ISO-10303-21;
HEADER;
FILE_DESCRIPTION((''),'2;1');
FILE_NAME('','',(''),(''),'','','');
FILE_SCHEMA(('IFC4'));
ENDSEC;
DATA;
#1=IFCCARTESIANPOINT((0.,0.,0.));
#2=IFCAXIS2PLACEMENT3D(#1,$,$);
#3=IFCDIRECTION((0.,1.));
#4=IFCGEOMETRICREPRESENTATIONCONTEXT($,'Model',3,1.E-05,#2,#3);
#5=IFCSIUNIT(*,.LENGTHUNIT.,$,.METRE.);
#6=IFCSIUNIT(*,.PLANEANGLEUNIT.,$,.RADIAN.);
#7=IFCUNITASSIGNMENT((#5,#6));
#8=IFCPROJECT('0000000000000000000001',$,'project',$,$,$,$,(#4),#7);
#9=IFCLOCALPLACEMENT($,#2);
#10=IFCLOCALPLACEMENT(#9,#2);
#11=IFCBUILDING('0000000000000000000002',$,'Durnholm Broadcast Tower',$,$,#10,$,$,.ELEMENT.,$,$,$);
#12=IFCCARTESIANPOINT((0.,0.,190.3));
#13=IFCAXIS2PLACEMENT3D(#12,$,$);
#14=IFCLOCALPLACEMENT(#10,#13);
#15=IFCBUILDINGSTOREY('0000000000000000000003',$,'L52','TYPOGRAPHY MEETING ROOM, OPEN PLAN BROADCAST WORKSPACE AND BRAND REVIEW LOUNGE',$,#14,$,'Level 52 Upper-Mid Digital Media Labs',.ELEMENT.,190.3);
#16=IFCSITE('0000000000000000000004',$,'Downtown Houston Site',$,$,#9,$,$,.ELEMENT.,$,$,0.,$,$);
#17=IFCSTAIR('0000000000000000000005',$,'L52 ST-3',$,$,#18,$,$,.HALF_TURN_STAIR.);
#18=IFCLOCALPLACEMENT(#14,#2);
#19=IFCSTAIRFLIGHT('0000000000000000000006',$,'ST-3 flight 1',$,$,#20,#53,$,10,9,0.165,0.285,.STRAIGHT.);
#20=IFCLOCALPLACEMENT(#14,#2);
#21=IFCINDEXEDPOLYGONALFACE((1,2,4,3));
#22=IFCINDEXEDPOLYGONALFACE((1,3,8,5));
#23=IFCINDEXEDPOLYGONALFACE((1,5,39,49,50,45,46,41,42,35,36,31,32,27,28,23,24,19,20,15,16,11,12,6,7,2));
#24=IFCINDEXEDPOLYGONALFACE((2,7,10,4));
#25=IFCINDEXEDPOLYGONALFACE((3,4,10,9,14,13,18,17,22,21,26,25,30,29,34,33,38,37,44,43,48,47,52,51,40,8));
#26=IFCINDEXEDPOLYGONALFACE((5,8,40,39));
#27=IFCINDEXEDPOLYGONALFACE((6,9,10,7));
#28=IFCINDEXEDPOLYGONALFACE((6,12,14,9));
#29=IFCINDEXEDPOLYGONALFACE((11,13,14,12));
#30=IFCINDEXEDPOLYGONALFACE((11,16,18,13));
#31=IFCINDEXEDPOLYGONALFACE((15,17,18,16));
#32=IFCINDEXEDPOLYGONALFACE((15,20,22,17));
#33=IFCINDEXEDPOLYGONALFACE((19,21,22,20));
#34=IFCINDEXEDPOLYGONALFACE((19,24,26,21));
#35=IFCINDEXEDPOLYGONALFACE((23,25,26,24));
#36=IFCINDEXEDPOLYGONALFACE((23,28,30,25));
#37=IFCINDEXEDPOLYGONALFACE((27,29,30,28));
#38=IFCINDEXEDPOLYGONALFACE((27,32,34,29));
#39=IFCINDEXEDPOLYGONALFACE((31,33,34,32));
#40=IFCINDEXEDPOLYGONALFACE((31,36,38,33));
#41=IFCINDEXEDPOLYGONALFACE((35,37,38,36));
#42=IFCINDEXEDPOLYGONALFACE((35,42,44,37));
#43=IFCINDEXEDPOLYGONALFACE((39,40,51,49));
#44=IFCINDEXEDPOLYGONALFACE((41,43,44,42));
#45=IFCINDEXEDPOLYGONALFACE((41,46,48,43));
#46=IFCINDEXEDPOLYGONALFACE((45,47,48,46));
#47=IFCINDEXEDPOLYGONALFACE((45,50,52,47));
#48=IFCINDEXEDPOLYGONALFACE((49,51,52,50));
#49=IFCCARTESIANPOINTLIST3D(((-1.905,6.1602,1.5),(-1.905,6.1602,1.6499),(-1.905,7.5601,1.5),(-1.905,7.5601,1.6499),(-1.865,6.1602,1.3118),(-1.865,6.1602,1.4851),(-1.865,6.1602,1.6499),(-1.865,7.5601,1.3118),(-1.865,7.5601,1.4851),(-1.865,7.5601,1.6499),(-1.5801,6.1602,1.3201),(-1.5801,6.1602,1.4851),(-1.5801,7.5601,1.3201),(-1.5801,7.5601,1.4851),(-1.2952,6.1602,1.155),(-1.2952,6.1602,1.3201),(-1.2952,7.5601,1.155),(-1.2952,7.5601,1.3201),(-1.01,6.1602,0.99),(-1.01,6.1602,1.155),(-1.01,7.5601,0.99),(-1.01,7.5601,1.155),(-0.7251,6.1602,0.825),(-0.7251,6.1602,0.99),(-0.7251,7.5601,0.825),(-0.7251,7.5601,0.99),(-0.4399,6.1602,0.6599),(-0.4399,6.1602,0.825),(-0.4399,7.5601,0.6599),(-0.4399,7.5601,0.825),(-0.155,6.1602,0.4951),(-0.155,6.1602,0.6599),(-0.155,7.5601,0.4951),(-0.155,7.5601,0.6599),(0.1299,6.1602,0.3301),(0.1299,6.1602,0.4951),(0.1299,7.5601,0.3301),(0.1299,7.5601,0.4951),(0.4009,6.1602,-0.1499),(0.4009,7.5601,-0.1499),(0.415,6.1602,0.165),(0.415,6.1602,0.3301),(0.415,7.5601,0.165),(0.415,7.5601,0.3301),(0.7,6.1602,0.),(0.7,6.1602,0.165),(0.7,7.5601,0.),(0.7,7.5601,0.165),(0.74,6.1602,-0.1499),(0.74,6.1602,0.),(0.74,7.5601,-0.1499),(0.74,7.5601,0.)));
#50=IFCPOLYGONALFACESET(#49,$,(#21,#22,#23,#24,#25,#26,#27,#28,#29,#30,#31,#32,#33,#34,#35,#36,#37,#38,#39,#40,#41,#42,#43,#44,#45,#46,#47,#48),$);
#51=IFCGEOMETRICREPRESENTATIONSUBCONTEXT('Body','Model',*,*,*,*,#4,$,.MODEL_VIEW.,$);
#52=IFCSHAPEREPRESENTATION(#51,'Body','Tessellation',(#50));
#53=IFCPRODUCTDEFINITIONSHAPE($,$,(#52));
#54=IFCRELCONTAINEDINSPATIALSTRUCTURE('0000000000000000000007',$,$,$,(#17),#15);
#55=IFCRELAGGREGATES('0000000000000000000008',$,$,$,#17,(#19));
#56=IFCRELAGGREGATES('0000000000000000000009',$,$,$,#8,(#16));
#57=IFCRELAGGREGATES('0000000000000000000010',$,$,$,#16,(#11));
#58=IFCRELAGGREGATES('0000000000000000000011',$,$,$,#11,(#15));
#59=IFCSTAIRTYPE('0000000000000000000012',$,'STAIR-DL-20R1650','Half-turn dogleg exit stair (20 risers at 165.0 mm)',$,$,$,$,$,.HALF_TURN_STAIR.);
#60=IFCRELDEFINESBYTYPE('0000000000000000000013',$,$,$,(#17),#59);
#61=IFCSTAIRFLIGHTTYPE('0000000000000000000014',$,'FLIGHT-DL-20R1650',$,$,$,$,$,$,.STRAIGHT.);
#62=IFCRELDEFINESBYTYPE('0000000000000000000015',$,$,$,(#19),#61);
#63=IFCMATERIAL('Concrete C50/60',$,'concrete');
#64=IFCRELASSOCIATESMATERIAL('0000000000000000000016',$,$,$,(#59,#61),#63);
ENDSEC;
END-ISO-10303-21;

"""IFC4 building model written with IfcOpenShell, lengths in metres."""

from ifc_helpers import new_model, si_unit, direction, frame, origin, place, context, subcontext, project, spatial, polyline, outline, extrude, material, type_object, element, aggregate, save


model = new_model("IFC4")

# Units and contexts
model_context = context("Model", 3, precision=1e-05, world=origin(), true_north=direction((0.0, 1.0)))
body_context = subcontext(model_context, "Body", "Model", "MODEL_VIEW")
ifc_project = project(units=[si_unit("LENGTHUNIT", "METRE"), si_unit("PLANEANGLEUNIT", "RADIAN")], contexts=[model_context])

# Site, building, storey
site_placement = place(None, origin())
site = spatial("IfcSite", under=ifc_project, at=site_placement, Name="Downtown Houston Site", CompositionType="ELEMENT", RefElevation=0.0)
building_placement = place(site_placement, origin())
building = spatial("IfcBuilding", under=site, at=building_placement, Name="Durnholm Broadcast Tower", CompositionType="ELEMENT")
storey_placement = place(building_placement, frame((0.0, 0.0, 190.3)))
storey = spatial("IfcBuildingStorey", under=building, at=storey_placement, Name="L52", Description="TYPOGRAPHY MEETING ROOM, OPEN PLAN BROADCAST WORKSPACE AND BRAND REVIEW LOUNGE", LongName="Level 52 Upper-Mid Digital Media Labs", CompositionType="ELEMENT", Elevation=190.3)

# Shared definitions
ifc_material_1 = material(Name="Concrete C50/60", Category="concrete")

# Stair, stair flight
stair_type = type_object("IfcStairType", Name="STAIR-DL-20R1650", Description="Half-turn dogleg exit stair (20 risers at 165.0 mm)", PredefinedType="HALF_TURN_STAIR", material=ifc_material_1)
stair_placement = place(storey_placement, origin())
stair = element("IfcStair", 1, at=stair_placement, inside=storey, type_object=stair_type, Name="L52 ST-3", PredefinedType="HALF_TURN_STAIR")
stair_flight_type = type_object("IfcStairFlightType", Name="FLIGHT-DL-20R1650", PredefinedType="STRAIGHT", material=ifc_material_1)
stair_flight_placement = place(storey_placement, frame((0.7, 6.8601, 0.0), z_axis=(0.0, 0.0, 1.0), x_axis=(-1.0, 0.0, 0.0)))
stair_flight = element("IfcStairFlight", 2, at=stair_flight_placement, type_object=stair_flight_type, Name="ST-3 flight 1", NumberOfRisers=10, NumberOfTreads=9, PredefinedType="STRAIGHT", RiserHeight=0.165, TreadLength=0.285, context=body_context, shape_type="SweptSolid", body=[
    extrude(outline(polyline([(-0.04, -0.1499), (-0.04, 0.0), (0.0, 0.0), (0.0, 0.165), (0.2849, 0.165), (0.2849, 0.3301), (0.5701, 0.3301), (0.5701, 0.4951), (0.855, 0.4951), (0.855, 0.6599), (1.1399, 0.6599), (1.1399, 0.825), (1.425, 0.825), (1.425, 0.99), (1.71, 0.99), (1.71, 1.155), (1.9951, 1.155), (1.9951, 1.3201), (2.28, 1.3201), (2.28, 1.4851), (2.5649, 1.4851), (2.5649, 1.6499), (2.605, 1.6499), (2.605, 1.5), (2.5649, 1.3118), (0.2991, -0.1499), (-0.04, -0.1499)])), frame((0.0, 0.7, 0.0), z_axis=(0.0, -1.0, 0.0), x_axis=(1.0, 0.0, 0.0)), (0.0, 0.0, 1.0), 1.3999),
])
aggregate(stair, [stair_flight])

save(model, "model.ifc")
